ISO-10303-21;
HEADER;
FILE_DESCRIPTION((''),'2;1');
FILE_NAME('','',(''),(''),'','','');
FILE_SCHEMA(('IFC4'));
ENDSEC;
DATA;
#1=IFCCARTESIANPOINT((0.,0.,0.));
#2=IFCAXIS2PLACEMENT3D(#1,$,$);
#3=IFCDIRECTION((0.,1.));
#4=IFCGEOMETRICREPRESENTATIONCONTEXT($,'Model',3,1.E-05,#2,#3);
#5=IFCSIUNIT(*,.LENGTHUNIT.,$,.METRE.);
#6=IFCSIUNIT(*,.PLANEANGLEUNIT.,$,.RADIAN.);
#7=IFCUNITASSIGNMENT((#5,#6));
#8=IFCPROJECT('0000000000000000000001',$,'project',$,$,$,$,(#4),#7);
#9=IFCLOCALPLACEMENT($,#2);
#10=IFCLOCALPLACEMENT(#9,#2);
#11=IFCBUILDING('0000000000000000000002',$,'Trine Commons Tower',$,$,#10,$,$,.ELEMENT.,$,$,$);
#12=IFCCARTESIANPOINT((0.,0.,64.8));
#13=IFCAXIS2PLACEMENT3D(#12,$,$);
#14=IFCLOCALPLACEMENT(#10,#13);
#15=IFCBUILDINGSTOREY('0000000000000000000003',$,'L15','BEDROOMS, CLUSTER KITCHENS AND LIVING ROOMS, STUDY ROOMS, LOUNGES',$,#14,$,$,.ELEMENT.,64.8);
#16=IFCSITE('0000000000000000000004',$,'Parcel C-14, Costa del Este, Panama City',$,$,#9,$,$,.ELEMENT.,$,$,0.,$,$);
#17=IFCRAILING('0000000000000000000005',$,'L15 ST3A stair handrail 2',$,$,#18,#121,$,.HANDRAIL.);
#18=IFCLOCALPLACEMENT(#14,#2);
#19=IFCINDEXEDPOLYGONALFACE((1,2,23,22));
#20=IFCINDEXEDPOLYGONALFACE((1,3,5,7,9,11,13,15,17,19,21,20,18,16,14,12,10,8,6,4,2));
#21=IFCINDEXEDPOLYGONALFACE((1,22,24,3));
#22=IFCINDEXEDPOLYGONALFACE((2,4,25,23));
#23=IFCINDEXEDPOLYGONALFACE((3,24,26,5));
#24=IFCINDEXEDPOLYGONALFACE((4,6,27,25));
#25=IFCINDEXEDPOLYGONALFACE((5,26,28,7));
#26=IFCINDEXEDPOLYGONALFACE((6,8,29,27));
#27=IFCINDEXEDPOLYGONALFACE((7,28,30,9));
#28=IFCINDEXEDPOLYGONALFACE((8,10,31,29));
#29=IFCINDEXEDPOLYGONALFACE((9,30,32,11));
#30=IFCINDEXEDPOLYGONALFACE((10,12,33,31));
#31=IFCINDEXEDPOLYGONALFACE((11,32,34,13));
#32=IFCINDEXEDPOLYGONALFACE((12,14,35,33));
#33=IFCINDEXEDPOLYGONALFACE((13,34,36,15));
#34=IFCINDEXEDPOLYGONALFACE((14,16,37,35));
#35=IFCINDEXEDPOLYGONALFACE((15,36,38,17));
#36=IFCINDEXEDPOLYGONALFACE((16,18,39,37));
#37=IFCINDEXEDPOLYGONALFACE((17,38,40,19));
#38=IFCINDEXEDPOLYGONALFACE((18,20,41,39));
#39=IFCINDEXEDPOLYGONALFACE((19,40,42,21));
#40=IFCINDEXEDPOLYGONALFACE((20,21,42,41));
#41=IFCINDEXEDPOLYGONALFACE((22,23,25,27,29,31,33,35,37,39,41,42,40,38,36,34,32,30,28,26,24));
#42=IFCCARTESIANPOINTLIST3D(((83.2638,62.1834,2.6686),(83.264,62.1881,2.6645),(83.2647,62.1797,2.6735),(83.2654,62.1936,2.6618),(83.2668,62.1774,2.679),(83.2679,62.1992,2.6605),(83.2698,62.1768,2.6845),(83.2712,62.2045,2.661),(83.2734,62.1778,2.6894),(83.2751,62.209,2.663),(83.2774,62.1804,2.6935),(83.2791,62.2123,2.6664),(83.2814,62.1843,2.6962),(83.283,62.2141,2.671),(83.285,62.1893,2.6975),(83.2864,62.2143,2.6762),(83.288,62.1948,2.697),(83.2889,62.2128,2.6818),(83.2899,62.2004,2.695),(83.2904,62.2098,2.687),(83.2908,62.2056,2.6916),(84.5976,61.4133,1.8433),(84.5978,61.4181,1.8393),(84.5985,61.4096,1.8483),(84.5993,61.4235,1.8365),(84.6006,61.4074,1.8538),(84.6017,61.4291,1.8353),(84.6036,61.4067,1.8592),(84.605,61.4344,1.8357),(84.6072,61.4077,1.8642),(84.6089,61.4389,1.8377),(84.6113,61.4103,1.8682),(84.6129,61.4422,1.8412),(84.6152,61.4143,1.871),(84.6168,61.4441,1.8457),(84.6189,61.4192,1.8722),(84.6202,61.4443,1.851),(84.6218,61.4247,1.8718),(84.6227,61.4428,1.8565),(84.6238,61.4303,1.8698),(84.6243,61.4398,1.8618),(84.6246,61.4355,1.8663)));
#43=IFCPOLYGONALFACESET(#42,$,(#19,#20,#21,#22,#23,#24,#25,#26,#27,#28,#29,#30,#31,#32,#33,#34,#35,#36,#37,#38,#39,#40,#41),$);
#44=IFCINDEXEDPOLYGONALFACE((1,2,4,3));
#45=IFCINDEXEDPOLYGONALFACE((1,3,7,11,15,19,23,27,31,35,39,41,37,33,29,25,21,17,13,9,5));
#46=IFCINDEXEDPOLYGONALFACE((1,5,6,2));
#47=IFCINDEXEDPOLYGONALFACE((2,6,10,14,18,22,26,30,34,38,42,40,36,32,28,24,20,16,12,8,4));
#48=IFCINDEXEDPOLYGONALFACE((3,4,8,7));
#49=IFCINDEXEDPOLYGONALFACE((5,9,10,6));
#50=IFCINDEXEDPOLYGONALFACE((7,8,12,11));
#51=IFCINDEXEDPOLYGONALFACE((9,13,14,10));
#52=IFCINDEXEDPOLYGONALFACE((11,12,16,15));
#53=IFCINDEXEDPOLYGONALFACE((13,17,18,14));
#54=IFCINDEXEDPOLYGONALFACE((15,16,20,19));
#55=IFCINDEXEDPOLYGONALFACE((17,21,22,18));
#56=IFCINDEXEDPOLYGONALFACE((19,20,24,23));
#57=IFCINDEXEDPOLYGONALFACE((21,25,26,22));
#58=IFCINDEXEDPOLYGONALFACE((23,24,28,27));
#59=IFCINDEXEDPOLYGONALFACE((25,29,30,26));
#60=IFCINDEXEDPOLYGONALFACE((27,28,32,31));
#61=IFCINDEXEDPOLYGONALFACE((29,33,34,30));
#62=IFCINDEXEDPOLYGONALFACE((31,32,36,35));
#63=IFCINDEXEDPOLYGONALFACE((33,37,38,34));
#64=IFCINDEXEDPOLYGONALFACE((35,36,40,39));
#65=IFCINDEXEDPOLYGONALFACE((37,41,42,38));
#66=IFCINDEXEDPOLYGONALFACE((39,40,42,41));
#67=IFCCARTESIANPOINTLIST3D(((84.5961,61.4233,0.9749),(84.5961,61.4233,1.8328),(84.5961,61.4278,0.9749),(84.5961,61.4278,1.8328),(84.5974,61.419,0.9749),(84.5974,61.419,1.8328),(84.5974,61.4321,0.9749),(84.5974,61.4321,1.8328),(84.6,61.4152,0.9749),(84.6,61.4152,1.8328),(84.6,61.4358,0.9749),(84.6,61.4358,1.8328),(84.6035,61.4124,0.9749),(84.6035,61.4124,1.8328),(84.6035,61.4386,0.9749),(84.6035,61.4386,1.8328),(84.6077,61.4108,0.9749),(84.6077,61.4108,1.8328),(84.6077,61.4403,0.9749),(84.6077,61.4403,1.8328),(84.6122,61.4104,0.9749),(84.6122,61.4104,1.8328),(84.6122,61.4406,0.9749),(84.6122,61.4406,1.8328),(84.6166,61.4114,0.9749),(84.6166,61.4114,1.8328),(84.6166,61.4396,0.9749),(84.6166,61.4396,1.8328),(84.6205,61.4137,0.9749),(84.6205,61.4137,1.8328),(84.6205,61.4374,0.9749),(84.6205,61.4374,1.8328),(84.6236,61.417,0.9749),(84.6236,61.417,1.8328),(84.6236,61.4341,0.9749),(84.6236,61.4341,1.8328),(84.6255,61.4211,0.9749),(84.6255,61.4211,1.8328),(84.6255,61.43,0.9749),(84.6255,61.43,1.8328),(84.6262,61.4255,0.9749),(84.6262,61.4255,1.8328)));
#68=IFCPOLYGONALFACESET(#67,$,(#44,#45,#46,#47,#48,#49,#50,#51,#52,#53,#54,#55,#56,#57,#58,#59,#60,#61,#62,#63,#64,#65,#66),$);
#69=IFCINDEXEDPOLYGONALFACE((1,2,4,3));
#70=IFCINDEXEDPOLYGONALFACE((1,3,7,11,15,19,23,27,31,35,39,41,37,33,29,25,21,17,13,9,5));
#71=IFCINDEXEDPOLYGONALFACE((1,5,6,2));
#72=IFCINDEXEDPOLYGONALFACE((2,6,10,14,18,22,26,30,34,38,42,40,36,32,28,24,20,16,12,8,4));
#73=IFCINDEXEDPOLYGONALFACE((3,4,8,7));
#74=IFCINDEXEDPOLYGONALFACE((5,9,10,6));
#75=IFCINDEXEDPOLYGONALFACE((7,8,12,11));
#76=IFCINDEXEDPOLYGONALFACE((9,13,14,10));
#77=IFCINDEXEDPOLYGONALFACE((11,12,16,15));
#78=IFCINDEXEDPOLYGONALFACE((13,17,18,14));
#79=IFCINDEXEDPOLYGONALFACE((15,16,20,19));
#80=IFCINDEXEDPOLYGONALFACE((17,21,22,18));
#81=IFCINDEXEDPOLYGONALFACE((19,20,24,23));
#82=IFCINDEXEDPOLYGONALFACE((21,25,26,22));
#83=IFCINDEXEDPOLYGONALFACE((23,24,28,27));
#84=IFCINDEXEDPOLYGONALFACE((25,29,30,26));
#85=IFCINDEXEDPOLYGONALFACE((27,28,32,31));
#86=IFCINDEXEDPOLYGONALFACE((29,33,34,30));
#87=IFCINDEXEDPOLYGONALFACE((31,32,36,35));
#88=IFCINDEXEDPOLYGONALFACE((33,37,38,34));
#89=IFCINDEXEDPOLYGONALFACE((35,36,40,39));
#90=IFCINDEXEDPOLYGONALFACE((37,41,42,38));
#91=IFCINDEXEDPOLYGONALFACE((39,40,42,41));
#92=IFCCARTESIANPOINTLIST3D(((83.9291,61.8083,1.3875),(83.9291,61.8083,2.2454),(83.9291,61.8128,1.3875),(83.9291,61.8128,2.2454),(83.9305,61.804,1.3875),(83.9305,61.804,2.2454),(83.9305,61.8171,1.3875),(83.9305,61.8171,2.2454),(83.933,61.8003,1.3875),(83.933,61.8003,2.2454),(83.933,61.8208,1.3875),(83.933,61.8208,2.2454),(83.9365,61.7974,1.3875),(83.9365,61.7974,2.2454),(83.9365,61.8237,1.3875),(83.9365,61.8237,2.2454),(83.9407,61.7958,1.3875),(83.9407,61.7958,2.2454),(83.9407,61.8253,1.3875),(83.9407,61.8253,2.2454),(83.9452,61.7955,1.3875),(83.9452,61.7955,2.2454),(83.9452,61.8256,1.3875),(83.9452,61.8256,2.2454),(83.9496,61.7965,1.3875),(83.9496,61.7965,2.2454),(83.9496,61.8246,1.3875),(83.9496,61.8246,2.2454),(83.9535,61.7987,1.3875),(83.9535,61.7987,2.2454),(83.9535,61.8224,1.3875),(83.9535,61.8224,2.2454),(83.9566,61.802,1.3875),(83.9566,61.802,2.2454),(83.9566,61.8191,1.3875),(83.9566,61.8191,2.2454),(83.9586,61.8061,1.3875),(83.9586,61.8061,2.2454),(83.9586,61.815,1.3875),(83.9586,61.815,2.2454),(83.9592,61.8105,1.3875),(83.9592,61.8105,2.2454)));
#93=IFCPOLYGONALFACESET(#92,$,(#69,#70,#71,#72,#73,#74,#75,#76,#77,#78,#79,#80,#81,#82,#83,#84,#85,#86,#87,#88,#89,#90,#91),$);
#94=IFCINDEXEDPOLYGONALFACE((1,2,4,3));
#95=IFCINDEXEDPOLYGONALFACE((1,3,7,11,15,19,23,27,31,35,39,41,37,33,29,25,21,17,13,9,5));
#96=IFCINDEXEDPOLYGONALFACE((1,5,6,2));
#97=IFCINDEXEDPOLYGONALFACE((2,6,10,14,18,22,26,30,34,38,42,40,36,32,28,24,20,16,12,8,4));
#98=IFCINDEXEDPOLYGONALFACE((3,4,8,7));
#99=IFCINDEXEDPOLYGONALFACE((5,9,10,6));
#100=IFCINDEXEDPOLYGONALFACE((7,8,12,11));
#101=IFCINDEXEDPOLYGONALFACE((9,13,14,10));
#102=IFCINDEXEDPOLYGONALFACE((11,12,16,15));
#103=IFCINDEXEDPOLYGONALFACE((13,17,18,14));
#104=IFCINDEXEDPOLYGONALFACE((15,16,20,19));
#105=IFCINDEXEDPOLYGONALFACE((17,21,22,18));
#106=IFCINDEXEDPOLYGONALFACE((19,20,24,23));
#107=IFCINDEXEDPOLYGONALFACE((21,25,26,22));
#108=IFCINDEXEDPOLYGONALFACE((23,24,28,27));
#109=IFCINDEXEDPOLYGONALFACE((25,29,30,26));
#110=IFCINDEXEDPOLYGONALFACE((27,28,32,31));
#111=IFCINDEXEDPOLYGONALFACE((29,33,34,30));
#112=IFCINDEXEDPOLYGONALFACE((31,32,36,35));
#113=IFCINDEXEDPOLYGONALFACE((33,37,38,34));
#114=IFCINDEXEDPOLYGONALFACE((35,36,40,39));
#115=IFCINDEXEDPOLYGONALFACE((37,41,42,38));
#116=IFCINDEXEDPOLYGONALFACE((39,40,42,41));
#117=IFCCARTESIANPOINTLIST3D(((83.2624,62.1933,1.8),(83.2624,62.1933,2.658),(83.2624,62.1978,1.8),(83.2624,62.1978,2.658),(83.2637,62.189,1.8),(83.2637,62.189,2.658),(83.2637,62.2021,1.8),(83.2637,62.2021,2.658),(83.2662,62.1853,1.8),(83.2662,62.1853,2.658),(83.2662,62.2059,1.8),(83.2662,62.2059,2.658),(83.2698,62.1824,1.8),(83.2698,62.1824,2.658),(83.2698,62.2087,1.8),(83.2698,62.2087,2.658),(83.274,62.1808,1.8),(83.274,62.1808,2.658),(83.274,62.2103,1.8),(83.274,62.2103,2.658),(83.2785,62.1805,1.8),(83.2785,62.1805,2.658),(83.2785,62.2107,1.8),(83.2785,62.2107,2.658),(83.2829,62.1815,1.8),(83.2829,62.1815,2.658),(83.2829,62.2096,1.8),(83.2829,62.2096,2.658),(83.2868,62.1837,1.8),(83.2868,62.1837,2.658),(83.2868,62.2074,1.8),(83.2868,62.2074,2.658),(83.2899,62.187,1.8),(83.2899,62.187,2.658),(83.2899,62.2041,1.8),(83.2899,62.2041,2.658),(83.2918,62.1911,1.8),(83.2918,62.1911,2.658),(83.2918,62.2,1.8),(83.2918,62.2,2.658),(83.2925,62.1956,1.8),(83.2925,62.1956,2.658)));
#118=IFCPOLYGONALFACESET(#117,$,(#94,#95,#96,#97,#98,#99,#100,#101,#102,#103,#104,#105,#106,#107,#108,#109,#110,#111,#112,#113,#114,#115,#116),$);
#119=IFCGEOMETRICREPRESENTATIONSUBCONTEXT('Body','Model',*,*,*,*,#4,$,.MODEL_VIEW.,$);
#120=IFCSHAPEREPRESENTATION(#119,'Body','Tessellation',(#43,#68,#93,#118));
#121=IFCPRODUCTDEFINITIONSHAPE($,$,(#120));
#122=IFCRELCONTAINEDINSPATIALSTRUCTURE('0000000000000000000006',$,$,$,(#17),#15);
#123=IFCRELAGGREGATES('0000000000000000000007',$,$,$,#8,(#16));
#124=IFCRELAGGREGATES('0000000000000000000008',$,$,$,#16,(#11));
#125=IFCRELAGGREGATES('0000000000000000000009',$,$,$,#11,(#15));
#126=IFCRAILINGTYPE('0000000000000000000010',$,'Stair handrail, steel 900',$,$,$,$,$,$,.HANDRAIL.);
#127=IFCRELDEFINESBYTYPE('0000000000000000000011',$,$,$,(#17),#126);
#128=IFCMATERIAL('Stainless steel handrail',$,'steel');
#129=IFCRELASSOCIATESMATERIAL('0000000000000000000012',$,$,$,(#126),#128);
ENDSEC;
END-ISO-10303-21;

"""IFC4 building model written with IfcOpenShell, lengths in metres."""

from ifc_helpers import new_model, si_unit, direction, frame, origin, origin_2d, place, context, subcontext, project, spatial, circle, extrude, material, type_object, element, save


model = new_model("IFC4")

# Units and contexts
model_context = context("Model", 3, precision=1e-05, world=origin(), true_north=direction((0.0, 1.0)))
body_context = subcontext(model_context, "Body", "Model", "MODEL_VIEW")
ifc_project = project(units=[si_unit("LENGTHUNIT", "METRE"), si_unit("PLANEANGLEUNIT", "RADIAN")], contexts=[model_context])

# Site, building, storey
site_placement = place(None, origin())
site = spatial("IfcSite", under=ifc_project, at=site_placement, Name="Parcel C-14, Costa del Este, Panama City", CompositionType="ELEMENT", RefElevation=0.0)
building_placement = place(site_placement, origin())
building = spatial("IfcBuilding", under=site, at=building_placement, Name="Trine Commons Tower", CompositionType="ELEMENT")
storey_placement = place(building_placement, frame((0.0, 0.0, 64.8)))
storey = spatial("IfcBuildingStorey", under=building, at=storey_placement, Name="L15", Description="BEDROOMS, CLUSTER KITCHENS AND LIVING ROOMS, STUDY ROOMS, LOUNGES", CompositionType="ELEMENT", Elevation=64.8)

# Railing
ifc_material_1 = material(Name="Stainless steel handrail", Category="steel")
railing_type_1 = type_object("IfcRailingType", Name="Stair handrail, steel 900", PredefinedType="HANDRAIL", material=ifc_material_1)
railing_1_placement = place(storey_placement, frame((84.6111, 61.4255, 0.9749)))
element("IfcRailing", 1, at=railing_1_placement, inside=storey, type_object=railing_type_1, Name="L15 ST3A stair handrail 2", PredefinedType="HANDRAIL", context=body_context, shape_type="SweptSolid", body=[
    extrude(circle(Radius=0.021, at=origin_2d()), frame((0.0, 0.0, 0.8789), z_axis=(-0.763355, 0.440714, 0.472293), x_axis=(-0.499992, -0.86603, 0.0)), (0.0, 0.0, 1.0), 1.7473),
    extrude(circle(Radius=0.0151, at=origin_2d()), origin(), (0.0, 0.0, 1.0), 0.8579),
    extrude(circle(Radius=0.0151, at=origin_2d()), frame((-0.667, 0.385, 0.4126)), (0.0, 0.0, 1.0), 0.8579),
    extrude(circle(Radius=0.0151, at=origin_2d()), frame((-1.3337, 0.77, 0.8252)), (0.0, 0.0, 1.0), 0.8579),
])

save(model, "model.ifc")
